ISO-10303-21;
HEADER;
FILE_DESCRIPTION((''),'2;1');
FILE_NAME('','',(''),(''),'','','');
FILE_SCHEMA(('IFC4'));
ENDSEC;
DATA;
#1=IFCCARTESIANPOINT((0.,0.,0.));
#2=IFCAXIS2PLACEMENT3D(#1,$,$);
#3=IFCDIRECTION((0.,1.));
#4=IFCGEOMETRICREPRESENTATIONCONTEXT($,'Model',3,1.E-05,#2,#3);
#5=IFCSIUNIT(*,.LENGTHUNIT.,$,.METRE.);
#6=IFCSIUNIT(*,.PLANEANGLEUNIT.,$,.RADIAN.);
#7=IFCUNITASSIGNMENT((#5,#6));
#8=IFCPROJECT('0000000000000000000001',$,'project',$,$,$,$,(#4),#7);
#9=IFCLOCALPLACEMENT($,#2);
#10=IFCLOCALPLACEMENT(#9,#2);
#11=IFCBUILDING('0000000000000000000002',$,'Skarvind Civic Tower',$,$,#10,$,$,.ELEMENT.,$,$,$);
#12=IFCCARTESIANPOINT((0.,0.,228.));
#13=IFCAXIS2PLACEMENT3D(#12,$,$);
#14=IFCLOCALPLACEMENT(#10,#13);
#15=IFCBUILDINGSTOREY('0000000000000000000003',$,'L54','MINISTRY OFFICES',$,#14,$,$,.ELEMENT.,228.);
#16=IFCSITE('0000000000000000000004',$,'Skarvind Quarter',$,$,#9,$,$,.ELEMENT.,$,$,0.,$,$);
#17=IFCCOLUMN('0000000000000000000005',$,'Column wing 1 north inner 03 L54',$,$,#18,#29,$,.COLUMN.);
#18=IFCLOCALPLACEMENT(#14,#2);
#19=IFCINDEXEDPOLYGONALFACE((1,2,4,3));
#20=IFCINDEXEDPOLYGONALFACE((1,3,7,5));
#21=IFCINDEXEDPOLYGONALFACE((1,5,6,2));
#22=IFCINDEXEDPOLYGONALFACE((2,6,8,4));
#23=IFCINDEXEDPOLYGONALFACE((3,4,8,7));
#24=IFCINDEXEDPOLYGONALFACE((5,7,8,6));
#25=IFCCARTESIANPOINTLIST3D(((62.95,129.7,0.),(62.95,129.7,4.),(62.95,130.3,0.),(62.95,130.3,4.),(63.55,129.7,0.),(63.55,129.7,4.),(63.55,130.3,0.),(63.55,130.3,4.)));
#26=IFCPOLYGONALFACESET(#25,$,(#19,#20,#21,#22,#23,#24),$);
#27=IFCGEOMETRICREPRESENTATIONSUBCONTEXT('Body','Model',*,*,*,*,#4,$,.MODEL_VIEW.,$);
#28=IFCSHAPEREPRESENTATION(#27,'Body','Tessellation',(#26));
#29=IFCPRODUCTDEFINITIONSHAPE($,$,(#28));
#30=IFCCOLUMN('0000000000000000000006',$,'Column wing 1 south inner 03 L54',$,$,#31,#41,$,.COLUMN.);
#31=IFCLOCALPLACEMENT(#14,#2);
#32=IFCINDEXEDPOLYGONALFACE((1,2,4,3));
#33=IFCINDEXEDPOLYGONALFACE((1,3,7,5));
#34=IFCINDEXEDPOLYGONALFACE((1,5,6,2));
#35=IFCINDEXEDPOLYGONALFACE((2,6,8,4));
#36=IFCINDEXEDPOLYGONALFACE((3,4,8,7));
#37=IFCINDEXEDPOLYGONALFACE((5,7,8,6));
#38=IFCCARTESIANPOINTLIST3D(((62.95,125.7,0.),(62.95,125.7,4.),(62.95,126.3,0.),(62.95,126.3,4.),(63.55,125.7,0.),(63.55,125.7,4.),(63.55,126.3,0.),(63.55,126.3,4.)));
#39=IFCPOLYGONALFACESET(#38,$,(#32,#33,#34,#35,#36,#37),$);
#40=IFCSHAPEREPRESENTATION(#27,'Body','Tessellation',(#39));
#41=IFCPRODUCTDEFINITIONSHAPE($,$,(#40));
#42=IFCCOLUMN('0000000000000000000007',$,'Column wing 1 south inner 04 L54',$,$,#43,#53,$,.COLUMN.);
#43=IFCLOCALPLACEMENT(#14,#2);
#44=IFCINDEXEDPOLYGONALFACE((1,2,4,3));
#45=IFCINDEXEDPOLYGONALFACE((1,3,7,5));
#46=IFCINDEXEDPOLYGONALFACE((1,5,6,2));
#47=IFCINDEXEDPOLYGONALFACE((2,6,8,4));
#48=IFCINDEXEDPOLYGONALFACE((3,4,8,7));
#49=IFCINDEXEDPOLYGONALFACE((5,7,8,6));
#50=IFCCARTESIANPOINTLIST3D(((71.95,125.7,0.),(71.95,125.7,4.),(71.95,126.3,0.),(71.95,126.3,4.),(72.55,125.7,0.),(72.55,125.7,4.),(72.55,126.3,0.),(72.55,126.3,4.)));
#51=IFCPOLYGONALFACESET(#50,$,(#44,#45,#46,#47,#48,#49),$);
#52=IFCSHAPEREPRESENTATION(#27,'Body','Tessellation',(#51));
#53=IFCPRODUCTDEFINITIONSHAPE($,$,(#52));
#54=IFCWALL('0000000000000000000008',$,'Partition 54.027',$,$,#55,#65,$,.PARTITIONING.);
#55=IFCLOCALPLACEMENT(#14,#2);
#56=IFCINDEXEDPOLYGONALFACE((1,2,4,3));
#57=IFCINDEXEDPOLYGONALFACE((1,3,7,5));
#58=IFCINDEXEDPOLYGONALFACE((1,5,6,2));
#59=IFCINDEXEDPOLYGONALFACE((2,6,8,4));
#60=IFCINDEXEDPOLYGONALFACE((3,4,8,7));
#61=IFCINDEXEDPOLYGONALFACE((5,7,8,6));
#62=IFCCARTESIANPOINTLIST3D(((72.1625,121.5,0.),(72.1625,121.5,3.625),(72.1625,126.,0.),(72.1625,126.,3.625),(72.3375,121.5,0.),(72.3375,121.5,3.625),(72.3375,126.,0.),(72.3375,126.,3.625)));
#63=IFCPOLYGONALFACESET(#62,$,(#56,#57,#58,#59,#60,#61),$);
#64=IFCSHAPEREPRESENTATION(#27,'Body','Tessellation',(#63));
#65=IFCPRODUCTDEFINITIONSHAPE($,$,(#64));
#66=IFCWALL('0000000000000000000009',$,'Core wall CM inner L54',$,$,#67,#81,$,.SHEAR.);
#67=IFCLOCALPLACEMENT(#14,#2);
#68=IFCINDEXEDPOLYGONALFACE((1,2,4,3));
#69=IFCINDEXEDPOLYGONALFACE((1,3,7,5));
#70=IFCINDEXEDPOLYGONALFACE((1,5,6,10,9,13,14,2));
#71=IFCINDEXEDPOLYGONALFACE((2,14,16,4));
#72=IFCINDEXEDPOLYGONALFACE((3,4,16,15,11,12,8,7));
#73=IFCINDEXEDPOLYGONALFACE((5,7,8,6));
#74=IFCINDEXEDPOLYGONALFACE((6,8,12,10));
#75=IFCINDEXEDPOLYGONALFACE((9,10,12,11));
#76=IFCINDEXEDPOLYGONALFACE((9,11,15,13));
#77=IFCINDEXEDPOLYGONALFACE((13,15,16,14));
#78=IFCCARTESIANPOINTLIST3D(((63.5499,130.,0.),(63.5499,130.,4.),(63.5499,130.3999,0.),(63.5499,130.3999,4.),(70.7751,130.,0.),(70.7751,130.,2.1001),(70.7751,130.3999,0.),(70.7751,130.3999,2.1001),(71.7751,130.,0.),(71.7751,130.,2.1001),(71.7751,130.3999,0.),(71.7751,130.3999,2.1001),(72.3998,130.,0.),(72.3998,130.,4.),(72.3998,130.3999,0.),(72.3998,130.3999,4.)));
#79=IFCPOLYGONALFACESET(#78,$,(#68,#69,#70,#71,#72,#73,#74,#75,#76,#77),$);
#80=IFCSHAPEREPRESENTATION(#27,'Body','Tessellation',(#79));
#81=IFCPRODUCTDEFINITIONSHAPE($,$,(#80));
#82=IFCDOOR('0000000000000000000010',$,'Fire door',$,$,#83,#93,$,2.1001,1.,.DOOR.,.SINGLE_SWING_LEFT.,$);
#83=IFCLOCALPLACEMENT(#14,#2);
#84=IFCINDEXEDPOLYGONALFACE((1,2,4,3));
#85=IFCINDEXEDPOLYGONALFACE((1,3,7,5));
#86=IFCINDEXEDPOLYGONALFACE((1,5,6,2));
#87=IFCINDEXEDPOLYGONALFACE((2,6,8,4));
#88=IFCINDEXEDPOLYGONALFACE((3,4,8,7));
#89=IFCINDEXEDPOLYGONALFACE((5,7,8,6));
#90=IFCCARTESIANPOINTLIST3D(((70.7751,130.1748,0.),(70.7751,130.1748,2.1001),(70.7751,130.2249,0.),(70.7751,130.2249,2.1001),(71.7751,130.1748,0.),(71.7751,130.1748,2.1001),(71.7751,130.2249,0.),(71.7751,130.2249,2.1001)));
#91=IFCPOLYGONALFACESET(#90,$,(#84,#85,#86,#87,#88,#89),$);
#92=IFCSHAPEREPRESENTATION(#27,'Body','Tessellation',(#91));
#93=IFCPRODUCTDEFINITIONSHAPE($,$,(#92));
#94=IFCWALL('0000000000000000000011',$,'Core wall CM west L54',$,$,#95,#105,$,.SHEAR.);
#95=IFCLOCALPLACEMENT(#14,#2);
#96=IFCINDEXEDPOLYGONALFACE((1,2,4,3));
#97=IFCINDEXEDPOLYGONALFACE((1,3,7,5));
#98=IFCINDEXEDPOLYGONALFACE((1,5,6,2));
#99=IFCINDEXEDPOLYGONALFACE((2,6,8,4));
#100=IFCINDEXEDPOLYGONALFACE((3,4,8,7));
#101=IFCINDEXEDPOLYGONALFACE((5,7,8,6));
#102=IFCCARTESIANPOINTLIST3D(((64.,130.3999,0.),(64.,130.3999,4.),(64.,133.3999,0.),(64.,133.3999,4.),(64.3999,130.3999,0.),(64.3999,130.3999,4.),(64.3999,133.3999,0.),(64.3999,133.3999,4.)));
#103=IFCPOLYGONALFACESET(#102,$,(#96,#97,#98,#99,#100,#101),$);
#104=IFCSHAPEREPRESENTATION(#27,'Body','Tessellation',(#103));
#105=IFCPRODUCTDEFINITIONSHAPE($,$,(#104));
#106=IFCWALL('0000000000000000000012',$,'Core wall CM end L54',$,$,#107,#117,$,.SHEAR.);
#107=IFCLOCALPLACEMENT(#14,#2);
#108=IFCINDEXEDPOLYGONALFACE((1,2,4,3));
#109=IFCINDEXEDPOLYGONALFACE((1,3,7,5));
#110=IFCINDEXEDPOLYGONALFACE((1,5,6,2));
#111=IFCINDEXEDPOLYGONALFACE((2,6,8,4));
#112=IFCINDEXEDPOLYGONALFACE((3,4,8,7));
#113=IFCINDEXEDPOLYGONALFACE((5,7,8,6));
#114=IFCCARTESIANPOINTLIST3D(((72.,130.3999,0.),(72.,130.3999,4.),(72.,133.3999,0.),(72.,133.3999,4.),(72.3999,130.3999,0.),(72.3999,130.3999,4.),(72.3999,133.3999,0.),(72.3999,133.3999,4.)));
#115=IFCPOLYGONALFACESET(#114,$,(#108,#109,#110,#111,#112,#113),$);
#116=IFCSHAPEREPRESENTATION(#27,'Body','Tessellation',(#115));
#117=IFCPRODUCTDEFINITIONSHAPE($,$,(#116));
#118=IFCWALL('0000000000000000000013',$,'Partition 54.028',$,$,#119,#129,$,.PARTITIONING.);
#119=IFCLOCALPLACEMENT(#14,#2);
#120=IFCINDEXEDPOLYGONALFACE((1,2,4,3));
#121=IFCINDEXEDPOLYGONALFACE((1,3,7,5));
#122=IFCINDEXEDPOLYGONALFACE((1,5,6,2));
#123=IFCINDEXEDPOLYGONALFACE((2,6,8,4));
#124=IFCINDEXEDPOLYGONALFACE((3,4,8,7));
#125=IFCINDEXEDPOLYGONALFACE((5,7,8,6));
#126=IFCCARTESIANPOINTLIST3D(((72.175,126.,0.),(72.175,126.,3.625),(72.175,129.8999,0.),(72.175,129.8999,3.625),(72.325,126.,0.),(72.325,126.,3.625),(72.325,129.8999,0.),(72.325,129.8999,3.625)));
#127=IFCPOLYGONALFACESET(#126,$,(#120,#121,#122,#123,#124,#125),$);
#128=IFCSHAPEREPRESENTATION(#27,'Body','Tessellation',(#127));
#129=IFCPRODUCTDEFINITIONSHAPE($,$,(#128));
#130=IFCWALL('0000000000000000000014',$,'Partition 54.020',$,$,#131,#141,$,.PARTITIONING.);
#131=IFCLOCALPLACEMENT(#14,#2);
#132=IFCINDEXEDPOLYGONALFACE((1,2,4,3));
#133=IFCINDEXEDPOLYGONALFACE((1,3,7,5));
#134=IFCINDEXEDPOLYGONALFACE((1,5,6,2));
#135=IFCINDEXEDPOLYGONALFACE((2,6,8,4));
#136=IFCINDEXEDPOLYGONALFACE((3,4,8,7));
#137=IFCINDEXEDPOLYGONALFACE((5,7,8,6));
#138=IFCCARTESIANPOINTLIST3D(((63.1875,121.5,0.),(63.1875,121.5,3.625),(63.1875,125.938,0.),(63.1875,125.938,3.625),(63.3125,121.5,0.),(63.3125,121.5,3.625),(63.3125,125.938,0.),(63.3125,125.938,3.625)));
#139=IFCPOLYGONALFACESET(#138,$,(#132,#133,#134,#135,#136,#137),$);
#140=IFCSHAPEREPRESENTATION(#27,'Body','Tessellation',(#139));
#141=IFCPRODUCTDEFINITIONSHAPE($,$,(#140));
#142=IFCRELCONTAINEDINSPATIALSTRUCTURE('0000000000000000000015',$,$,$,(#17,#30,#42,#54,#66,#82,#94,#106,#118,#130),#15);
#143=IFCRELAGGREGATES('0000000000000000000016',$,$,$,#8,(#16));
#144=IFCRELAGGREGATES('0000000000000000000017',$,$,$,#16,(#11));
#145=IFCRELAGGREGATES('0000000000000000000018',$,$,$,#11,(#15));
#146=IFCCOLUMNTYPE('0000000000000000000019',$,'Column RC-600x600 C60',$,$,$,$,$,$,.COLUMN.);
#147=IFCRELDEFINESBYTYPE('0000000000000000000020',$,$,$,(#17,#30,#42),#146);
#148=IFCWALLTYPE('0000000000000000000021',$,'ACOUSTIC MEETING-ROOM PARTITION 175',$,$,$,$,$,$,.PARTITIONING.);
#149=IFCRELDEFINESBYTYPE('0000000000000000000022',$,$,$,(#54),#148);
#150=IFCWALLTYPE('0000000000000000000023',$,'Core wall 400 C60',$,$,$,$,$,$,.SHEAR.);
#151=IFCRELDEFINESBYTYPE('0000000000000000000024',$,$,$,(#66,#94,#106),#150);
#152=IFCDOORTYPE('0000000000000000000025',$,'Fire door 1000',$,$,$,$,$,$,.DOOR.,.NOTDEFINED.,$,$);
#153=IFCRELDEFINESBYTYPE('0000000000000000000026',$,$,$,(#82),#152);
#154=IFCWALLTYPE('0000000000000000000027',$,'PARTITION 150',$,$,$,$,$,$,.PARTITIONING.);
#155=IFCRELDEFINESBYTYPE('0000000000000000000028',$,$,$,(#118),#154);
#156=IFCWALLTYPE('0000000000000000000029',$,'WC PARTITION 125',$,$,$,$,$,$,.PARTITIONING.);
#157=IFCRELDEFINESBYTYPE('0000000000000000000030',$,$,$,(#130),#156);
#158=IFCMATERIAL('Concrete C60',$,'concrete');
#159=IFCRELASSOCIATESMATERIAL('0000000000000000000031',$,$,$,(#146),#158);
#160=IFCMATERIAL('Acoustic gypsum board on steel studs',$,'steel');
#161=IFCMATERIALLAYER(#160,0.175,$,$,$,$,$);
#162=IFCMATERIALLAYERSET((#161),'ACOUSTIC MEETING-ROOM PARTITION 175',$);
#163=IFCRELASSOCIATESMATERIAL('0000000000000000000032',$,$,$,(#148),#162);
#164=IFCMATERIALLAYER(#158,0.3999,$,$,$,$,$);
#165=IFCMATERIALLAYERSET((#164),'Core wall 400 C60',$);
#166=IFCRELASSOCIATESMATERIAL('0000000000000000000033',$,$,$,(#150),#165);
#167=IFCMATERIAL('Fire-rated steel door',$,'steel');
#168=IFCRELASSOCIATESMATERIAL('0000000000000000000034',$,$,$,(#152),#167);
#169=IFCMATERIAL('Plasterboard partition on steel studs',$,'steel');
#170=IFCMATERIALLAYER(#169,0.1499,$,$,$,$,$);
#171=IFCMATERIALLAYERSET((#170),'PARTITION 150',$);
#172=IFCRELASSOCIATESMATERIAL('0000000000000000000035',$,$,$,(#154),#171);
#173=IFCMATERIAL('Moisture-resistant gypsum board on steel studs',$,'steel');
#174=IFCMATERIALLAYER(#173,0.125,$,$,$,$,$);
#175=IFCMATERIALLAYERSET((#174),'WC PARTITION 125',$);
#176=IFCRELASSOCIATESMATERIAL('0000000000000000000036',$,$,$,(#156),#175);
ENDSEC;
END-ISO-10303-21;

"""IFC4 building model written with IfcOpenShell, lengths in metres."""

from ifc_helpers import new_model, si_unit, direction, frame, frame_2d, origin, origin_2d, place, context, subcontext, project, spatial, rectangle, extrude, material, layer, layer_set, material_profile, profile_set, type_object, element, fill, save


model = new_model("IFC4")

# Units and contexts
model_context = context("Model", 3, precision=1e-05, world=origin(), true_north=direction((0.0, 1.0)))
body_context = subcontext(model_context, "Body", "Model", "MODEL_VIEW")
ifc_project = project(units=[si_unit("LENGTHUNIT", "METRE"), si_unit("PLANEANGLEUNIT", "RADIAN")], contexts=[model_context])

# Site, building, storey
site_placement = place(None, origin())
site = spatial("IfcSite", under=ifc_project, at=site_placement, Name="Skarvind Quarter", CompositionType="ELEMENT", RefElevation=0.0)
building_placement = place(site_placement, origin())
building = spatial("IfcBuilding", under=site, at=building_placement, Name="Skarvind Civic Tower", CompositionType="ELEMENT")
storey_placement = place(building_placement, frame((0.0, 0.0, 228.0)))
storey = spatial("IfcBuildingStorey", under=building, at=storey_placement, Name="L54", Description="MINISTRY OFFICES", CompositionType="ELEMENT", Elevation=228.0)

# Columns
ifc_material_1 = material(Name="Concrete C60", Category="concrete")
ifc_material_profile = material_profile(ifc_material_1, rectangle(XDim=0.6001, YDim=0.6001, at=origin_2d()), Name="RC-600x600")
ifc_profile_set = profile_set([ifc_material_profile], Name="Concrete C60")
column_type = type_object("IfcColumnType", Name="Column RC-600x600 C60", PredefinedType="COLUMN", material=ifc_profile_set)
for number, where, z_axis, x_axis, name in (
    (1, (63.25, 130.0, 0.0), (0.0, 0.0, 1.0), (1.0, 0.0, 0.0), "Column wing 1 north inner 03 L54"),
    (2, (63.25, 126.0, 0.0), (0.0, 0.0, 1.0), (1.0, 0.0, 0.0), "Column wing 1 south inner 03 L54"),
    (3, (72.25, 126.0, 0.0), (0.0, 0.0, 1.0), (1.0, 0.0, 0.0), "Column wing 1 south inner 04 L54"),
):
    element("IfcColumn", number, at=place(storey_placement, frame(where, z_axis=z_axis, x_axis=x_axis)), inside=storey, type_object=column_type, Name=name, PredefinedType="COLUMN", context=body_context, shape_type="SweptSolid", body=[
        extrude(rectangle(XDim=0.6001, YDim=0.6001, at=origin_2d()), origin(), (0.0, 0.0, 1.0), 4.0),
    ])

# Wall
ifc_material_2 = material(Name="Acoustic gypsum board on steel studs", Category="steel")
ifc_layer_1 = layer(ifc_material_2, 0.175)
ifc_layer_set_1 = layer_set([ifc_layer_1], Name="ACOUSTIC MEETING-ROOM PARTITION 175")
wall_type_1 = type_object("IfcWallType", Name="ACOUSTIC MEETING-ROOM PARTITION 175", PredefinedType="PARTITIONING", material=ifc_layer_set_1)
wall_1_placement = place(storey_placement, frame((72.25, 121.5, 0.0), z_axis=(0.0, 0.0, 1.0), x_axis=(0.0, 1.0, 0.0)))
element("IfcWall", 4, at=wall_1_placement, inside=storey, type_object=wall_type_1, Name="Partition 54.027", PredefinedType="PARTITIONING", context=body_context, shape_type="SweptSolid", body=[
    extrude(rectangle(XDim=4.5, YDim=0.175, at=frame_2d((2.25, 0.0))), origin(), (0.0, 0.0, 1.0), 3.625),
])

# Wall, opening, door
ifc_layer_2 = layer(ifc_material_1, 0.3999)
ifc_layer_set_2 = layer_set([ifc_layer_2], Name="Core wall 400 C60")
wall_type_2 = type_object("IfcWallType", Name="Core wall 400 C60", PredefinedType="SHEAR", material=ifc_layer_set_2)
wall_2_placement = place(storey_placement, frame((63.55, 130.2, 0.0), z_axis=(0.0, 0.0, 1.0), x_axis=(1.0, 0.0, 0.0)))
wall_2 = element("IfcWall", 5, at=wall_2_placement, inside=storey, type_object=wall_type_2, Name="Core wall CM inner L54", PredefinedType="SHEAR", context=body_context, shape_type="SweptSolid", body=[
    extrude(rectangle(XDim=8.8499, YDim=0.3999, at=frame_2d((4.4248, 0.0))), origin(), (0.0, 0.0, 1.0), 4.0),
])
opening_1_placement = place(wall_2_placement, frame((7.2251, 0.0, 0.0)))
opening_1 = element("IfcOpeningElement", 6, at=opening_1_placement, cuts=wall_2, PredefinedType="OPENING", context=body_context, shape_type="SweptSolid", body=[
    extrude(rectangle(XDim=1.0, YDim=2.1001, at=frame_2d((0.5, 1.05))), frame((0.0, 0.21, 0.0), z_axis=(0.0, -1.0, 0.0), x_axis=(1.0, 0.0, 0.0)), (0.0, 0.0, 1.0), 0.4199),
])
ifc_material_3 = material(Name="Fire-rated steel door", Category="steel")
door_type_1 = type_object("IfcDoorType", Name="Fire door 1000", OperationType="NOTDEFINED", PredefinedType="DOOR", material=ifc_material_3)
door_1_placement = place(opening_1_placement, origin())
door_1 = element("IfcDoor", 7, at=door_1_placement, inside=storey, type_object=door_type_1, Name="Fire door", OperationType="SINGLE_SWING_LEFT", OverallHeight=2.1001, OverallWidth=1.0, PredefinedType="DOOR", context=body_context, shape_type="SweptSolid", body=[
    extrude(rectangle(XDim=1.0, YDim=2.1001, at=frame_2d((0.5, 1.05))), frame((0.0, 0.0249, 0.0), z_axis=(0.0, -1.0, 0.0), x_axis=(1.0, 0.0, 0.0)), (0.0, 0.0, 1.0), 0.05),
])
fill(opening_1, door_1)

# Walls
for number, where, z_axis, x_axis, name in (
    (8, (64.2, 130.3999, 0.0), (0.0, 0.0, 1.0), (0.0, 1.0, 0.0), "Core wall CM west L54"),
    (9, (72.2, 130.3999, 0.0), (0.0, 0.0, 1.0), (0.0, 1.0, 0.0), "Core wall CM end L54"),
):
    element("IfcWall", number, at=place(storey_placement, frame(where, z_axis=z_axis, x_axis=x_axis)), inside=storey, type_object=wall_type_2, Name=name, PredefinedType="SHEAR", context=body_context, shape_type="SweptSolid", body=[
        extrude(rectangle(XDim=3.0, YDim=0.3999, at=frame_2d((1.5, 0.0))), origin(), (0.0, 0.0, 1.0), 4.0),
    ])
ifc_material_4 = material(Name="Plasterboard partition on steel studs", Category="steel")
ifc_layer_3 = layer(ifc_material_4, 0.1499)
ifc_layer_set_3 = layer_set([ifc_layer_3], Name="PARTITION 150")
wall_type_3 = type_object("IfcWallType", Name="PARTITION 150", PredefinedType="PARTITIONING", material=ifc_layer_set_3)
wall_3_placement = place(storey_placement, frame((72.25, 126.0, 0.0), z_axis=(0.0, 0.0, 1.0), x_axis=(0.0, 1.0, 0.0)))
element("IfcWall", 10, at=wall_3_placement, inside=storey, type_object=wall_type_3, Name="Partition 54.028", PredefinedType="PARTITIONING", context=body_context, shape_type="SweptSolid", body=[
    extrude(rectangle(XDim=3.8999, YDim=0.1499, at=frame_2d((1.95, 0.0))), origin(), (0.0, 0.0, 1.0), 3.625),
])
ifc_material_5 = material(Name="Moisture-resistant gypsum board on steel studs", Category="steel")
ifc_layer_4 = layer(ifc_material_5, 0.125)
ifc_layer_set_4 = layer_set([ifc_layer_4], Name="WC PARTITION 125")
wall_type_4 = type_object("IfcWallType", Name="WC PARTITION 125", PredefinedType="PARTITIONING", material=ifc_layer_set_4)
wall_4_placement = place(storey_placement, frame((63.25, 121.5, 0.0), z_axis=(0.0, 0.0, 1.0), x_axis=(0.0, 1.0, 0.0)))
element("IfcWall", 11, at=wall_4_placement, inside=storey, type_object=wall_type_4, Name="Partition 54.020", PredefinedType="PARTITIONING", context=body_context, shape_type="SweptSolid", body=[
    extrude(rectangle(XDim=4.438, YDim=0.125, at=frame_2d((2.219, 0.0))), origin(), (0.0, 0.0, 1.0), 3.625),
])

save(model, "model.ifc")
